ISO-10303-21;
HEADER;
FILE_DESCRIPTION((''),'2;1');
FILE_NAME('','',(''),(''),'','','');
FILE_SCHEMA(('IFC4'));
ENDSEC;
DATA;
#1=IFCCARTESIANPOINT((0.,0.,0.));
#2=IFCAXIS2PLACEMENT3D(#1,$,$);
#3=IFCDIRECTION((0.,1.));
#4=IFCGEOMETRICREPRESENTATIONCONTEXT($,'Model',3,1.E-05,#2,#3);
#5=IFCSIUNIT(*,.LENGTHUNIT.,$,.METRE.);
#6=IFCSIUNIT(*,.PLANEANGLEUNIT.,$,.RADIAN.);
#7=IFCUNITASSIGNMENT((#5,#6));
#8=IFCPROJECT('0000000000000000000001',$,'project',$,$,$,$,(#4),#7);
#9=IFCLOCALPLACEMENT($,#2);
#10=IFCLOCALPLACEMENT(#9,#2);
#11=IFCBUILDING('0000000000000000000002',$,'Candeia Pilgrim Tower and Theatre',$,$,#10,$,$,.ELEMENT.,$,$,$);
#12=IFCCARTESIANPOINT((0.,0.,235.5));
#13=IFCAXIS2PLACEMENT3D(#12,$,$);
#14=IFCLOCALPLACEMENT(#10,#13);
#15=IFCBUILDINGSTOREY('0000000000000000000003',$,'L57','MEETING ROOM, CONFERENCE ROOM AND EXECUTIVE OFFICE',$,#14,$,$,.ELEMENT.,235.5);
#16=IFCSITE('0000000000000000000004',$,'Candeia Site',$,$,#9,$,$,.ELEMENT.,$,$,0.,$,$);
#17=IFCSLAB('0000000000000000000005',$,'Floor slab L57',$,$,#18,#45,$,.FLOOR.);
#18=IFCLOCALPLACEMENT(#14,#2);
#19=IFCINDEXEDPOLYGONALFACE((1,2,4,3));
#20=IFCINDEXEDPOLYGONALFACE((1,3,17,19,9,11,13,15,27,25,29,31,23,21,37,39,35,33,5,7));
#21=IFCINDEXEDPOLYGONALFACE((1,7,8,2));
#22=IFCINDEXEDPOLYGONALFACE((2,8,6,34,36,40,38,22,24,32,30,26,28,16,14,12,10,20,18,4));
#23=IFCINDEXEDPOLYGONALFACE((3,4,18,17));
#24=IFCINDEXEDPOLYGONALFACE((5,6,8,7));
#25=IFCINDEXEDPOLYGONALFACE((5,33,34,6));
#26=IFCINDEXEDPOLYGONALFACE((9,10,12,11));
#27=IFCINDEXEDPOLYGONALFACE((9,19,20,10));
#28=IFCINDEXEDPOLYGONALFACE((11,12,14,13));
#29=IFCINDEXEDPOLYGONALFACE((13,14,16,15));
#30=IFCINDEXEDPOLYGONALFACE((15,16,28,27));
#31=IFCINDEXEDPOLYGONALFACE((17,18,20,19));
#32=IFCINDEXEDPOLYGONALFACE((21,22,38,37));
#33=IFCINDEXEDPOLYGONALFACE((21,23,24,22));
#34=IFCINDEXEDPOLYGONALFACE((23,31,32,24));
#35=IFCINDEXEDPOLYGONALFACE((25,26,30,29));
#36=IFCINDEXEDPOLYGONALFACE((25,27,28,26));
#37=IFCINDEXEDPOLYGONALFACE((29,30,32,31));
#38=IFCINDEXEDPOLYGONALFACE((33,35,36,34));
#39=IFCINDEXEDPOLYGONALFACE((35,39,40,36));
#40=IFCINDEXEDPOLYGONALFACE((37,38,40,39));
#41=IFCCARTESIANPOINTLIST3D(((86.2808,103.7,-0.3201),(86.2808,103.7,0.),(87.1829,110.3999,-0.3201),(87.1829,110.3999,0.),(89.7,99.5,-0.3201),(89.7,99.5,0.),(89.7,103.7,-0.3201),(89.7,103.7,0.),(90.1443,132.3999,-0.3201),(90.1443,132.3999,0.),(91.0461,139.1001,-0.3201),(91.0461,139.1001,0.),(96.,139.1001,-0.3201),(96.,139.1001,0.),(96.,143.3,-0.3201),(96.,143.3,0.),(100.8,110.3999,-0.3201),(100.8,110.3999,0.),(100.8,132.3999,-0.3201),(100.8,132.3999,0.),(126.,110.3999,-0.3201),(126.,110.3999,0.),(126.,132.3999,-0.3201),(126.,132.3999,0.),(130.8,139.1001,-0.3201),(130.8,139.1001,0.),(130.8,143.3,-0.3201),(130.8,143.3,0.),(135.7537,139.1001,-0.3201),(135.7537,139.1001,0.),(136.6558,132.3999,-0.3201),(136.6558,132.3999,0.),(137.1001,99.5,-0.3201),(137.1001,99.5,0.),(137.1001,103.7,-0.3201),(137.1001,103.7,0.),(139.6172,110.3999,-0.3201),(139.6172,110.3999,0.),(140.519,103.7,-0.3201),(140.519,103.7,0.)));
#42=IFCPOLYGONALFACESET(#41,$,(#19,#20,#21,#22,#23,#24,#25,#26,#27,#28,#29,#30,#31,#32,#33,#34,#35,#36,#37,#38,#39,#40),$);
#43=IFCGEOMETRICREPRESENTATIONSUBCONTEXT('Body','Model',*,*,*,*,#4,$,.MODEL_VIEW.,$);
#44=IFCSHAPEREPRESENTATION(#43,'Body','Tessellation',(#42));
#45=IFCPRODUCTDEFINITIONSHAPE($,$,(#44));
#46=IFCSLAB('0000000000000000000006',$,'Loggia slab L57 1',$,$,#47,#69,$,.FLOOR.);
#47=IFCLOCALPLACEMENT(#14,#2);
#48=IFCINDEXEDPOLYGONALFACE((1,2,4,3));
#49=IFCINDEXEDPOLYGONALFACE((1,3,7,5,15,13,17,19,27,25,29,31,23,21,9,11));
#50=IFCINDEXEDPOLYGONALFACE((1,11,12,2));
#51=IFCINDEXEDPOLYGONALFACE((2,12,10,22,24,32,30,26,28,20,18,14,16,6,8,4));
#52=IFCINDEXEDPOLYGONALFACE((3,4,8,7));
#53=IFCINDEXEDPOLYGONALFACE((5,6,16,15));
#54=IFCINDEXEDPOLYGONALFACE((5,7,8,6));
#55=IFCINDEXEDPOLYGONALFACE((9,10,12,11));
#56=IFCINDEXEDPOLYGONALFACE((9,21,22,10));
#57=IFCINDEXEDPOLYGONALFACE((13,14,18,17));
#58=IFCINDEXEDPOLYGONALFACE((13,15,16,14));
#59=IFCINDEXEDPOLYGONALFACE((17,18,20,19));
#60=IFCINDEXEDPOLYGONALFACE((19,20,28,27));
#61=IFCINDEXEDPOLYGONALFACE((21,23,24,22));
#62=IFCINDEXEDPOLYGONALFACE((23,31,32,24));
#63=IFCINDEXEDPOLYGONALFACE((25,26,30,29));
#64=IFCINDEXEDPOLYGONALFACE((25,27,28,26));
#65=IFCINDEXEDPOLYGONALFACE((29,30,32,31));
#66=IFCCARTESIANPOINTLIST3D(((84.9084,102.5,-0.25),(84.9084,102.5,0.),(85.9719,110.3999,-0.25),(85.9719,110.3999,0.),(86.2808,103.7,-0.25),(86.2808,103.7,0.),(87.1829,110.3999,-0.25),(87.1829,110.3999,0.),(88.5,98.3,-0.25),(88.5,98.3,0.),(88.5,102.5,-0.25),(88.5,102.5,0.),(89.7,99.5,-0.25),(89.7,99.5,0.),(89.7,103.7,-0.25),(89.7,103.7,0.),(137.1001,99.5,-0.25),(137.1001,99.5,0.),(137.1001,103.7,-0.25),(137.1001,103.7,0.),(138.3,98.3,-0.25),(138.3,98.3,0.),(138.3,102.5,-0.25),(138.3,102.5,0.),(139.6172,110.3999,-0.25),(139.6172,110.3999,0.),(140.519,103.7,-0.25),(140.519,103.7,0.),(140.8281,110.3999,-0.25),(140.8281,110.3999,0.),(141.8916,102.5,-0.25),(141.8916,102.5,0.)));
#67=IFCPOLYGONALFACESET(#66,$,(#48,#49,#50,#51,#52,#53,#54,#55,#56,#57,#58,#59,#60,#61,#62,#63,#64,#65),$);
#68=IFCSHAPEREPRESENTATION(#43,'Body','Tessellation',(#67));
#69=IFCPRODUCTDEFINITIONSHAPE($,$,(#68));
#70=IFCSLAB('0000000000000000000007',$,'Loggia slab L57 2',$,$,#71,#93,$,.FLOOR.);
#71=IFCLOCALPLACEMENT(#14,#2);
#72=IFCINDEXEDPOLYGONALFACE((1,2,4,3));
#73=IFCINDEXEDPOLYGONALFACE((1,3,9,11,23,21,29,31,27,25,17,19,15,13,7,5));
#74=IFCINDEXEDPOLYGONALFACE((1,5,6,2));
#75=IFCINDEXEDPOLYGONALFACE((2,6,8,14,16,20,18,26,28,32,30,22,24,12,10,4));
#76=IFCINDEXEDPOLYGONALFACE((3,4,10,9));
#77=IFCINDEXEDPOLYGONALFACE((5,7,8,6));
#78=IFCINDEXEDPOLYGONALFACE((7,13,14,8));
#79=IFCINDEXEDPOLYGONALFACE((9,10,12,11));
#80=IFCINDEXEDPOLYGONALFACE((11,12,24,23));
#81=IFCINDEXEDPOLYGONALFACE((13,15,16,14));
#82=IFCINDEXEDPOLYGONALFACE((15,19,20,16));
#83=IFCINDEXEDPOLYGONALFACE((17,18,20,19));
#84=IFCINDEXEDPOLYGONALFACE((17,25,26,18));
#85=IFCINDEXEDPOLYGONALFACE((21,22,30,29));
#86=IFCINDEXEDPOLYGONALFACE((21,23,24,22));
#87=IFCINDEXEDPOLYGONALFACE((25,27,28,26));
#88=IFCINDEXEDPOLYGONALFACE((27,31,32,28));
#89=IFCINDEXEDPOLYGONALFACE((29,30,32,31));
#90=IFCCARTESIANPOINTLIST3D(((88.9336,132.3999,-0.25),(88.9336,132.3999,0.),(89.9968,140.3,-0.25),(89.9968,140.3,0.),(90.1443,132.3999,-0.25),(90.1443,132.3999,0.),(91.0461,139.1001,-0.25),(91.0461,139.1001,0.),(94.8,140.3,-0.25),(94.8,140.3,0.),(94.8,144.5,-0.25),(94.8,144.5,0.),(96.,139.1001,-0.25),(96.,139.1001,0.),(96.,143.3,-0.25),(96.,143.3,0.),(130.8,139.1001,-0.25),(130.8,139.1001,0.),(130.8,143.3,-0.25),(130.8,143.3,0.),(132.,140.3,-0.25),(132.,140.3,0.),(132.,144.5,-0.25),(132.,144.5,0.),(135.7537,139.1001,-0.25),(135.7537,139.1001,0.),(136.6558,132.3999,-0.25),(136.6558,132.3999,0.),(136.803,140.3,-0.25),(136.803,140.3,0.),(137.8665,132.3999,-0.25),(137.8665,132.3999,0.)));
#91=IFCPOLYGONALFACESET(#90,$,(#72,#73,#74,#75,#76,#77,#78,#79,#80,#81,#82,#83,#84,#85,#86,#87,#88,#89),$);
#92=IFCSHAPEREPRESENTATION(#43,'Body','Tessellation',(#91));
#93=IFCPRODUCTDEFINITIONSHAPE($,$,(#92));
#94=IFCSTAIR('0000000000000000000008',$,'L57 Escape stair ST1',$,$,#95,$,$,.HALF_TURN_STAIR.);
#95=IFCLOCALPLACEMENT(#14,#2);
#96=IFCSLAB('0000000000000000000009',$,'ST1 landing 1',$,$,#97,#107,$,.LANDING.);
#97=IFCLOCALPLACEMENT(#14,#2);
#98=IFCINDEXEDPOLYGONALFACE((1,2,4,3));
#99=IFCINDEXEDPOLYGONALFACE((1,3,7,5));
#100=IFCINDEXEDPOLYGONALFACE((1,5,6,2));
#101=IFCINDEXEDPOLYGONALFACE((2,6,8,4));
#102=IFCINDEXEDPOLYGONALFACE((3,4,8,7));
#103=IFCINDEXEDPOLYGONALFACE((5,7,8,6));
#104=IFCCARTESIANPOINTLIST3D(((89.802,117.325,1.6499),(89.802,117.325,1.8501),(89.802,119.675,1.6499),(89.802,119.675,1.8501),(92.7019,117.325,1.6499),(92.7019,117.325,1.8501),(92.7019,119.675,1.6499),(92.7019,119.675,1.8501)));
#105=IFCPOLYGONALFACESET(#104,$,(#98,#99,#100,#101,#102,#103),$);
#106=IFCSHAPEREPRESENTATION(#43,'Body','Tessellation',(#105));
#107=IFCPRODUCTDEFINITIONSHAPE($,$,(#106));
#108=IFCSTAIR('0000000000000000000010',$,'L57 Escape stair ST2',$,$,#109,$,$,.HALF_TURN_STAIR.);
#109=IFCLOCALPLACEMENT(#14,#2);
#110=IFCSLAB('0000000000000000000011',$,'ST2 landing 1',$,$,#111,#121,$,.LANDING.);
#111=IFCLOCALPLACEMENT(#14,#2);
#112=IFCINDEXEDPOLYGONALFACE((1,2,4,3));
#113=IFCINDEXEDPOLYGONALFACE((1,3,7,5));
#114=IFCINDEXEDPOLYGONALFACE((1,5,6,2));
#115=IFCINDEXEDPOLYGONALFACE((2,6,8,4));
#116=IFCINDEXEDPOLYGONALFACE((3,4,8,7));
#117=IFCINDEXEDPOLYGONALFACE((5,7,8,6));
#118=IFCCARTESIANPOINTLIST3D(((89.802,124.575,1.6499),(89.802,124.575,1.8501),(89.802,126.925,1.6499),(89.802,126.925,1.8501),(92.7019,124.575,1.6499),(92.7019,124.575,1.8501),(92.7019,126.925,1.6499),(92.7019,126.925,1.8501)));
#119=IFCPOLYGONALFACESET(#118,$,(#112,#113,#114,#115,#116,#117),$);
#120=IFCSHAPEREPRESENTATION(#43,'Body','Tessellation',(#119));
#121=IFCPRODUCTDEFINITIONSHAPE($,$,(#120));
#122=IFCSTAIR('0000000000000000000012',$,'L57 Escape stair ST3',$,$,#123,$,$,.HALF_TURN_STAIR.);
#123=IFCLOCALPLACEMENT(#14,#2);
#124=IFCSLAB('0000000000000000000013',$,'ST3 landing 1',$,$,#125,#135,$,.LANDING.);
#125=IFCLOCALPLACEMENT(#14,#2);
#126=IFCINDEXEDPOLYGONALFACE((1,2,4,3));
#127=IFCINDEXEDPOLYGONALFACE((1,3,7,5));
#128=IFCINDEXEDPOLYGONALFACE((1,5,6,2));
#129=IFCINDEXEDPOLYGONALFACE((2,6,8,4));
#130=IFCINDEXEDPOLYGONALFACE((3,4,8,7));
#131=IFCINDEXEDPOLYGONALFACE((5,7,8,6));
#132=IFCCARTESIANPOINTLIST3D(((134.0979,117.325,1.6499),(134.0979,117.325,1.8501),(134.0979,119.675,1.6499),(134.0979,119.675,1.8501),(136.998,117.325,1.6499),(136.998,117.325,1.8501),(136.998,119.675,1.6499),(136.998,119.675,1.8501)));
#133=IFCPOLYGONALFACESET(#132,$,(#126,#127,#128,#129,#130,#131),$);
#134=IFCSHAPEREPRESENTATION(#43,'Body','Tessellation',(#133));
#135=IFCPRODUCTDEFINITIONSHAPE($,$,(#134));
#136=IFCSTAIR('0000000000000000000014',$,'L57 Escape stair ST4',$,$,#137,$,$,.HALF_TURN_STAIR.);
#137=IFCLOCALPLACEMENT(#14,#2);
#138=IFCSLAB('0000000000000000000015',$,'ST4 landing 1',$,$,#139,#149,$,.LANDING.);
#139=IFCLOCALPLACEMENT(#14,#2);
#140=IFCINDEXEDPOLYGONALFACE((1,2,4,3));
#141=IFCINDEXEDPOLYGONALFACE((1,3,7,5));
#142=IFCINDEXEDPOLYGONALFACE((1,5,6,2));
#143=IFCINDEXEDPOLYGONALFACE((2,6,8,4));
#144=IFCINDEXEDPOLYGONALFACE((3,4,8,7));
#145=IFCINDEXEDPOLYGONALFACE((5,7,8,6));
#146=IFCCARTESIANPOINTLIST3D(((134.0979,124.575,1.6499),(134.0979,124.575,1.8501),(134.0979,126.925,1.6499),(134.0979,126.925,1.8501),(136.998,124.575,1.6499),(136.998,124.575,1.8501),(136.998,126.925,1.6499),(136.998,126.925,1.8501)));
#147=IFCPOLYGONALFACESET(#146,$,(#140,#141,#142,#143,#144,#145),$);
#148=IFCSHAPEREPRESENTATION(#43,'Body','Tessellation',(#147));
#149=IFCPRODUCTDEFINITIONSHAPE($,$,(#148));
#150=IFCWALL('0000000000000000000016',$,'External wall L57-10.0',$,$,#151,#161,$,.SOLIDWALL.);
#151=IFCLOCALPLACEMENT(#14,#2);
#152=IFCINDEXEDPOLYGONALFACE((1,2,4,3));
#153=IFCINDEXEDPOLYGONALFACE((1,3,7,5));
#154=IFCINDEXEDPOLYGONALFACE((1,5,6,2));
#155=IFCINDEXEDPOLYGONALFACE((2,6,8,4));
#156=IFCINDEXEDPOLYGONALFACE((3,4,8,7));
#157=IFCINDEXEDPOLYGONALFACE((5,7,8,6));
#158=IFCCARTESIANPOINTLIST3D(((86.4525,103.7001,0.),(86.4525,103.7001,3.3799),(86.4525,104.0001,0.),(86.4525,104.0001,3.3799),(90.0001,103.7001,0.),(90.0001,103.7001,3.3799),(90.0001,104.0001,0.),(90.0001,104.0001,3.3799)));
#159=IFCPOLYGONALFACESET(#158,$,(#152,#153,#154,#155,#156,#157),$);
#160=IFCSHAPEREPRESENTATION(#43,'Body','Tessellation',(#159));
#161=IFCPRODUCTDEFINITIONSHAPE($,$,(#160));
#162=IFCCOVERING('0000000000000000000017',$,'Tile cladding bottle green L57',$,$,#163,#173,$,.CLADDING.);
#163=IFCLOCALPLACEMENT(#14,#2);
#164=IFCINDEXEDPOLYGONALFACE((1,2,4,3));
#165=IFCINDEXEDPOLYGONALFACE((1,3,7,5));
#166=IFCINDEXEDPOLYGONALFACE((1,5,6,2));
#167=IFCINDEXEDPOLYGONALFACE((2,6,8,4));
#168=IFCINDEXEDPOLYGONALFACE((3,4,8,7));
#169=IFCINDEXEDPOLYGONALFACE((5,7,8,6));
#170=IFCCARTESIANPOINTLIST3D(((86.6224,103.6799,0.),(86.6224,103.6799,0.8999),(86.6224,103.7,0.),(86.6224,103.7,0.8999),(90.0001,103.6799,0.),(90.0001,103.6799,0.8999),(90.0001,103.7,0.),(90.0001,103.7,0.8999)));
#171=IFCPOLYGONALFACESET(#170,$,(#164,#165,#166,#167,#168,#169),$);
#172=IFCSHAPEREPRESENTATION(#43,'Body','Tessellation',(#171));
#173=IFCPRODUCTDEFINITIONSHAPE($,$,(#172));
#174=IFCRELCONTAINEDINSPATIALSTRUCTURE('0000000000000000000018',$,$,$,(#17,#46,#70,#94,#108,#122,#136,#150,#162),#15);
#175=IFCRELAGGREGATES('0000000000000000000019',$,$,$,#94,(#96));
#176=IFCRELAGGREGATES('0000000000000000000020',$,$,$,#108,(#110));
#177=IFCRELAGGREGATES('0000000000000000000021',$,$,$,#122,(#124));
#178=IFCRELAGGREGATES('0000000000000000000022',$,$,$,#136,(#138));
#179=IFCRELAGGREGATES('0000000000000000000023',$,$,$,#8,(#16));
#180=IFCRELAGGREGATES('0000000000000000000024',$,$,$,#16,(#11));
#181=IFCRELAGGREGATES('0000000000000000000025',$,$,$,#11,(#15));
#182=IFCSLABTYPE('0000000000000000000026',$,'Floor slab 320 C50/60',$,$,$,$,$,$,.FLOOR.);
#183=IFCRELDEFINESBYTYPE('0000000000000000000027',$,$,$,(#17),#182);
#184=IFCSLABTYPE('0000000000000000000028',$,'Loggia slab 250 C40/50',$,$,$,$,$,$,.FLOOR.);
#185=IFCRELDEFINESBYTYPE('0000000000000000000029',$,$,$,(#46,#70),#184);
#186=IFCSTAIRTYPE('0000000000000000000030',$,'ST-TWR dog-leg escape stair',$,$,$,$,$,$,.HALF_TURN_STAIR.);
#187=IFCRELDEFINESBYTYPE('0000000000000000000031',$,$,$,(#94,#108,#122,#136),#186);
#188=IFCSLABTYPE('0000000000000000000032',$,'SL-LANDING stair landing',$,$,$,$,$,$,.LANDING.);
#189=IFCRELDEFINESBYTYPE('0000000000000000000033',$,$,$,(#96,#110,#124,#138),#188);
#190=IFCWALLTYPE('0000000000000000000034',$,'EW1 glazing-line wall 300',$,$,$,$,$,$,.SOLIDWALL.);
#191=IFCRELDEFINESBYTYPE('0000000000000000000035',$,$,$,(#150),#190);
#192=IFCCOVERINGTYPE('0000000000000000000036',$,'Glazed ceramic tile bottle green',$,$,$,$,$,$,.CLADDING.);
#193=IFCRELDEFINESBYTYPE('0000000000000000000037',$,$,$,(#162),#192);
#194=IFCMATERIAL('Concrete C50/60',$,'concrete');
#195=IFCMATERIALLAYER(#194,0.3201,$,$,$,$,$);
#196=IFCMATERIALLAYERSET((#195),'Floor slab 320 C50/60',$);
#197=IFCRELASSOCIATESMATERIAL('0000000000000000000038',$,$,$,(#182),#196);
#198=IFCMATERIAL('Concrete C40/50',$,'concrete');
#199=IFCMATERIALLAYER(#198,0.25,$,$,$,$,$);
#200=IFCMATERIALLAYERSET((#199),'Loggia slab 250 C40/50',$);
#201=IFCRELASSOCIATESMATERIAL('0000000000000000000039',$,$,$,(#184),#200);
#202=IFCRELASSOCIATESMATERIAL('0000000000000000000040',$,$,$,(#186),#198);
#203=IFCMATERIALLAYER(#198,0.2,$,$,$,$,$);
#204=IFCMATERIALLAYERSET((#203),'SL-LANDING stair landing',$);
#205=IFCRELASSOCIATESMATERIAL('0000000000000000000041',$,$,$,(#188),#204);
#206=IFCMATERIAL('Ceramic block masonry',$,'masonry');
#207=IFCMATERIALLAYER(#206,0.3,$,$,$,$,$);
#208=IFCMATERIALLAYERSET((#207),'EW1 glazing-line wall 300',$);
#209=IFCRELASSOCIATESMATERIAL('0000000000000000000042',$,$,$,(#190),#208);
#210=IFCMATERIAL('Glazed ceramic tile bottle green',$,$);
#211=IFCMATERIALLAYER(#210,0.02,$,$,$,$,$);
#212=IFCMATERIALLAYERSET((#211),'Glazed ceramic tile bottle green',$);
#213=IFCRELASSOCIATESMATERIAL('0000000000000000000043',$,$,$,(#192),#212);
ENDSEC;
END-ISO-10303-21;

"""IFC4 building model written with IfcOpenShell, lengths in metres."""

from ifc_helpers import new_model, si_unit, direction, frame, frame_2d, origin, origin_2d, place, context, subcontext, project, spatial, polyline, rectangle, outline, extrude, material, layer, layer_set, type_object, element, aggregate, save


model = new_model("IFC4")

# Units and contexts
model_context = context("Model", 3, precision=1e-05, world=origin(), true_north=direction((0.0, 1.0)))
body_context = subcontext(model_context, "Body", "Model", "MODEL_VIEW")
ifc_project = project(units=[si_unit("LENGTHUNIT", "METRE"), si_unit("PLANEANGLEUNIT", "RADIAN")], contexts=[model_context])

# Site, building, storey
site_placement = place(None, origin())
site = spatial("IfcSite", under=ifc_project, at=site_placement, Name="Candeia Site", CompositionType="ELEMENT", RefElevation=0.0)
building_placement = place(site_placement, origin())
building = spatial("IfcBuilding", under=site, at=building_placement, Name="Candeia Pilgrim Tower and Theatre", CompositionType="ELEMENT")
storey_placement = place(building_placement, frame((0.0, 0.0, 235.5)))
storey = spatial("IfcBuildingStorey", under=building, at=storey_placement, Name="L57", Description="MEETING ROOM, CONFERENCE ROOM AND EXECUTIVE OFFICE", CompositionType="ELEMENT", Elevation=235.5)

# Shared definitions
ifc_material_1 = material(Name="Concrete C50/60", Category="concrete")

# Slabs
ifc_material_2 = material(Name="Concrete C40/50", Category="concrete")
ifc_layer_1 = layer(ifc_material_1, 0.3201)
ifc_layer_set_1 = layer_set([ifc_layer_1], Name="Floor slab 320 C50/60")
slab_type_1 = type_object("IfcSlabType", Name="Floor slab 320 C50/60", PredefinedType="FLOOR", material=ifc_layer_set_1)
slab_1_placement = place(storey_placement, frame((0.0, 0.0, -0.3201)))
element("IfcSlab", 1, at=slab_1_placement, inside=storey, type_object=slab_type_1, Name="Floor slab L57", PredefinedType="FLOOR", context=body_context, shape_type="SweptSolid", body=[
    extrude(outline(polyline([(96.0, 139.1001), (96.0, 143.3), (130.8, 143.3), (130.8, 139.1001), (135.7537, 139.1001), (136.6558, 132.3999), (126.0, 132.3999), (126.0, 110.3999), (139.6172, 110.3999), (140.519, 103.7), (137.1001, 103.7), (137.1001, 99.5), (89.7, 99.5), (89.7, 103.7), (86.2808, 103.7), (87.1829, 110.3999), (100.8, 110.3999), (100.8, 132.3999), (90.1443, 132.3999), (91.0461, 139.1001), (96.0, 139.1001)])), origin(), (0.0, 0.0, 1.0), 0.3201),
])
ifc_layer_2 = layer(ifc_material_2, 0.25)
ifc_layer_set_2 = layer_set([ifc_layer_2], Name="Loggia slab 250 C40/50")
slab_type_2 = type_object("IfcSlabType", Name="Loggia slab 250 C40/50", PredefinedType="FLOOR", material=ifc_layer_set_2)
slab_2_placement = place(storey_placement, frame((0.0, 0.0, -0.25)))
element("IfcSlab", 2, at=slab_2_placement, inside=storey, type_object=slab_type_2, Name="Loggia slab L57 1", PredefinedType="FLOOR", context=body_context, shape_type="SweptSolid", body=[
    extrude(outline(polyline([(87.1829, 110.3999), (86.2808, 103.7), (89.7, 103.7), (89.7, 99.5), (137.1001, 99.5), (137.1001, 103.7), (140.519, 103.7), (139.6172, 110.3999), (140.8281, 110.3999), (141.8916, 102.5), (138.3, 102.5), (138.3, 98.3), (88.5, 98.3), (88.5, 102.5), (84.9084, 102.5), (85.9719, 110.3999), (87.1829, 110.3999)])), origin(), (0.0, 0.0, 1.0), 0.25),
])
slab_3_placement = place(storey_placement, frame((0.0, 0.0, -0.25)))
element("IfcSlab", 3, at=slab_3_placement, inside=storey, type_object=slab_type_2, Name="Loggia slab L57 2", PredefinedType="FLOOR", context=body_context, shape_type="SweptSolid", body=[
    extrude(outline(polyline([(136.6558, 132.3999), (135.7537, 139.1001), (130.8, 139.1001), (130.8, 143.3), (96.0, 143.3), (96.0, 139.1001), (91.0461, 139.1001), (90.1443, 132.3999), (88.9336, 132.3999), (89.9968, 140.3), (94.8, 140.3), (94.8, 144.5), (132.0, 144.5), (132.0, 140.3), (136.803, 140.3), (137.8665, 132.3999), (136.6558, 132.3999)])), origin(), (0.0, 0.0, 1.0), 0.25),
])

# Stairs, slabs
stair_type = type_object("IfcStairType", Name="ST-TWR dog-leg escape stair", PredefinedType="HALF_TURN_STAIR", material=ifc_material_2)
stair_1_placement = place(storey_placement, origin())
stair_1 = element("IfcStair", 4, at=stair_1_placement, inside=storey, type_object=stair_type, Name="L57 Escape stair ST1", PredefinedType="HALF_TURN_STAIR")
ifc_layer_3 = layer(ifc_material_2, 0.2)
ifc_layer_set_3 = layer_set([ifc_layer_3], Name="SL-LANDING stair landing")
slab_type_3 = type_object("IfcSlabType", Name="SL-LANDING stair landing", PredefinedType="LANDING", material=ifc_layer_set_3)
slab_4_placement = place(storey_placement, frame((0.0, 0.0, 1.6499)))
slab_4 = element("IfcSlab", 5, at=slab_4_placement, type_object=slab_type_3, Name="ST1 landing 1", PredefinedType="LANDING", context=body_context, shape_type="SweptSolid", body=[
    extrude(outline(polyline([(89.802, 119.675), (89.802, 117.325), (92.7019, 117.325), (92.7019, 119.675), (89.802, 119.675)])), origin(), (0.0, 0.0, 1.0), 0.2002),
])
aggregate(stair_1, [slab_4])
stair_2_placement = place(storey_placement, origin())
stair_2 = element("IfcStair", 6, at=stair_2_placement, inside=storey, type_object=stair_type, Name="L57 Escape stair ST2", PredefinedType="HALF_TURN_STAIR")
slab_5_placement = place(storey_placement, frame((0.0, 0.0, 1.6499)))
slab_5 = element("IfcSlab", 7, at=slab_5_placement, type_object=slab_type_3, Name="ST2 landing 1", PredefinedType="LANDING", context=body_context, shape_type="SweptSolid", body=[
    extrude(outline(polyline([(89.802, 126.925), (89.802, 124.575), (92.7019, 124.575), (92.7019, 126.925), (89.802, 126.925)])), origin(), (0.0, 0.0, 1.0), 0.2002),
])
aggregate(stair_2, [slab_5])
stair_3_placement = place(storey_placement, origin())
stair_3 = element("IfcStair", 8, at=stair_3_placement, inside=storey, type_object=stair_type, Name="L57 Escape stair ST3", PredefinedType="HALF_TURN_STAIR")
slab_6_placement = place(storey_placement, frame((0.0, 0.0, 1.6499)))
slab_6 = element("IfcSlab", 9, at=slab_6_placement, type_object=slab_type_3, Name="ST3 landing 1", PredefinedType="LANDING", context=body_context, shape_type="SweptSolid", body=[
    extrude(outline(polyline([(134.0979, 119.675), (134.0979, 117.325), (136.998, 117.325), (136.998, 119.675), (134.0979, 119.675)])), origin(), (0.0, 0.0, 1.0), 0.2002),
])
aggregate(stair_3, [slab_6])
stair_4_placement = place(storey_placement, origin())
stair_4 = element("IfcStair", 10, at=stair_4_placement, inside=storey, type_object=stair_type, Name="L57 Escape stair ST4", PredefinedType="HALF_TURN_STAIR")
slab_7_placement = place(storey_placement, frame((0.0, 0.0, 1.6499)))
slab_7 = element("IfcSlab", 11, at=slab_7_placement, type_object=slab_type_3, Name="ST4 landing 1", PredefinedType="LANDING", context=body_context, shape_type="SweptSolid", body=[
    extrude(outline(polyline([(134.0979, 126.925), (134.0979, 124.575), (136.998, 124.575), (136.998, 126.925), (134.0979, 126.925)])), origin(), (0.0, 0.0, 1.0), 0.2002),
])
aggregate(stair_4, [slab_7])

# Wall
ifc_material_3 = material(Name="Ceramic block masonry", Category="masonry")
ifc_layer_4 = layer(ifc_material_3, 0.3)
ifc_layer_set_4 = layer_set([ifc_layer_4], Name="EW1 glazing-line wall 300")
wall_type = type_object("IfcWallType", Name="EW1 glazing-line wall 300", PredefinedType="SOLIDWALL", material=ifc_layer_set_4)
wall_placement = place(storey_placement, frame((86.4524, 103.8501, 0.0), z_axis=(0.0, 0.0, 1.0), x_axis=(1.0, 0.0, 0.0)))
element("IfcWall", 12, at=wall_placement, inside=storey, type_object=wall_type, Name="External wall L57-10.0", PredefinedType="SOLIDWALL", context=body_context, shape_type="SweptSolid", body=[
    extrude(rectangle(XDim=3.5476, YDim=0.3, at=frame_2d((1.7739, 0.0))), origin(), (0.0, 0.0, 1.0), 3.3799),
])

# Covering
ifc_material_4 = material(Name="Glazed ceramic tile bottle green")
ifc_layer_5 = layer(ifc_material_4, 0.02)
ifc_layer_set_5 = layer_set([ifc_layer_5], Name="Glazed ceramic tile bottle green")
covering_type = type_object("IfcCoveringType", Name="Glazed ceramic tile bottle green", PredefinedType="CLADDING", material=ifc_layer_set_5)
covering_placement = place(storey_placement, frame((88.3113, 103.6899, 0.0), z_axis=(0.0, 0.0, 1.0), x_axis=(1.0, 0.0, 0.0)))
element("IfcCovering", 13, at=covering_placement, inside=storey, type_object=covering_type, Name="Tile cladding bottle green L57", PredefinedType="CLADDING", context=body_context, shape_type="SweptSolid", body=[
    extrude(rectangle(XDim=3.3777, YDim=0.02, at=origin_2d()), origin(), (0.0, 0.0, 1.0), 0.8999),
])

save(model, "model.ifc")
